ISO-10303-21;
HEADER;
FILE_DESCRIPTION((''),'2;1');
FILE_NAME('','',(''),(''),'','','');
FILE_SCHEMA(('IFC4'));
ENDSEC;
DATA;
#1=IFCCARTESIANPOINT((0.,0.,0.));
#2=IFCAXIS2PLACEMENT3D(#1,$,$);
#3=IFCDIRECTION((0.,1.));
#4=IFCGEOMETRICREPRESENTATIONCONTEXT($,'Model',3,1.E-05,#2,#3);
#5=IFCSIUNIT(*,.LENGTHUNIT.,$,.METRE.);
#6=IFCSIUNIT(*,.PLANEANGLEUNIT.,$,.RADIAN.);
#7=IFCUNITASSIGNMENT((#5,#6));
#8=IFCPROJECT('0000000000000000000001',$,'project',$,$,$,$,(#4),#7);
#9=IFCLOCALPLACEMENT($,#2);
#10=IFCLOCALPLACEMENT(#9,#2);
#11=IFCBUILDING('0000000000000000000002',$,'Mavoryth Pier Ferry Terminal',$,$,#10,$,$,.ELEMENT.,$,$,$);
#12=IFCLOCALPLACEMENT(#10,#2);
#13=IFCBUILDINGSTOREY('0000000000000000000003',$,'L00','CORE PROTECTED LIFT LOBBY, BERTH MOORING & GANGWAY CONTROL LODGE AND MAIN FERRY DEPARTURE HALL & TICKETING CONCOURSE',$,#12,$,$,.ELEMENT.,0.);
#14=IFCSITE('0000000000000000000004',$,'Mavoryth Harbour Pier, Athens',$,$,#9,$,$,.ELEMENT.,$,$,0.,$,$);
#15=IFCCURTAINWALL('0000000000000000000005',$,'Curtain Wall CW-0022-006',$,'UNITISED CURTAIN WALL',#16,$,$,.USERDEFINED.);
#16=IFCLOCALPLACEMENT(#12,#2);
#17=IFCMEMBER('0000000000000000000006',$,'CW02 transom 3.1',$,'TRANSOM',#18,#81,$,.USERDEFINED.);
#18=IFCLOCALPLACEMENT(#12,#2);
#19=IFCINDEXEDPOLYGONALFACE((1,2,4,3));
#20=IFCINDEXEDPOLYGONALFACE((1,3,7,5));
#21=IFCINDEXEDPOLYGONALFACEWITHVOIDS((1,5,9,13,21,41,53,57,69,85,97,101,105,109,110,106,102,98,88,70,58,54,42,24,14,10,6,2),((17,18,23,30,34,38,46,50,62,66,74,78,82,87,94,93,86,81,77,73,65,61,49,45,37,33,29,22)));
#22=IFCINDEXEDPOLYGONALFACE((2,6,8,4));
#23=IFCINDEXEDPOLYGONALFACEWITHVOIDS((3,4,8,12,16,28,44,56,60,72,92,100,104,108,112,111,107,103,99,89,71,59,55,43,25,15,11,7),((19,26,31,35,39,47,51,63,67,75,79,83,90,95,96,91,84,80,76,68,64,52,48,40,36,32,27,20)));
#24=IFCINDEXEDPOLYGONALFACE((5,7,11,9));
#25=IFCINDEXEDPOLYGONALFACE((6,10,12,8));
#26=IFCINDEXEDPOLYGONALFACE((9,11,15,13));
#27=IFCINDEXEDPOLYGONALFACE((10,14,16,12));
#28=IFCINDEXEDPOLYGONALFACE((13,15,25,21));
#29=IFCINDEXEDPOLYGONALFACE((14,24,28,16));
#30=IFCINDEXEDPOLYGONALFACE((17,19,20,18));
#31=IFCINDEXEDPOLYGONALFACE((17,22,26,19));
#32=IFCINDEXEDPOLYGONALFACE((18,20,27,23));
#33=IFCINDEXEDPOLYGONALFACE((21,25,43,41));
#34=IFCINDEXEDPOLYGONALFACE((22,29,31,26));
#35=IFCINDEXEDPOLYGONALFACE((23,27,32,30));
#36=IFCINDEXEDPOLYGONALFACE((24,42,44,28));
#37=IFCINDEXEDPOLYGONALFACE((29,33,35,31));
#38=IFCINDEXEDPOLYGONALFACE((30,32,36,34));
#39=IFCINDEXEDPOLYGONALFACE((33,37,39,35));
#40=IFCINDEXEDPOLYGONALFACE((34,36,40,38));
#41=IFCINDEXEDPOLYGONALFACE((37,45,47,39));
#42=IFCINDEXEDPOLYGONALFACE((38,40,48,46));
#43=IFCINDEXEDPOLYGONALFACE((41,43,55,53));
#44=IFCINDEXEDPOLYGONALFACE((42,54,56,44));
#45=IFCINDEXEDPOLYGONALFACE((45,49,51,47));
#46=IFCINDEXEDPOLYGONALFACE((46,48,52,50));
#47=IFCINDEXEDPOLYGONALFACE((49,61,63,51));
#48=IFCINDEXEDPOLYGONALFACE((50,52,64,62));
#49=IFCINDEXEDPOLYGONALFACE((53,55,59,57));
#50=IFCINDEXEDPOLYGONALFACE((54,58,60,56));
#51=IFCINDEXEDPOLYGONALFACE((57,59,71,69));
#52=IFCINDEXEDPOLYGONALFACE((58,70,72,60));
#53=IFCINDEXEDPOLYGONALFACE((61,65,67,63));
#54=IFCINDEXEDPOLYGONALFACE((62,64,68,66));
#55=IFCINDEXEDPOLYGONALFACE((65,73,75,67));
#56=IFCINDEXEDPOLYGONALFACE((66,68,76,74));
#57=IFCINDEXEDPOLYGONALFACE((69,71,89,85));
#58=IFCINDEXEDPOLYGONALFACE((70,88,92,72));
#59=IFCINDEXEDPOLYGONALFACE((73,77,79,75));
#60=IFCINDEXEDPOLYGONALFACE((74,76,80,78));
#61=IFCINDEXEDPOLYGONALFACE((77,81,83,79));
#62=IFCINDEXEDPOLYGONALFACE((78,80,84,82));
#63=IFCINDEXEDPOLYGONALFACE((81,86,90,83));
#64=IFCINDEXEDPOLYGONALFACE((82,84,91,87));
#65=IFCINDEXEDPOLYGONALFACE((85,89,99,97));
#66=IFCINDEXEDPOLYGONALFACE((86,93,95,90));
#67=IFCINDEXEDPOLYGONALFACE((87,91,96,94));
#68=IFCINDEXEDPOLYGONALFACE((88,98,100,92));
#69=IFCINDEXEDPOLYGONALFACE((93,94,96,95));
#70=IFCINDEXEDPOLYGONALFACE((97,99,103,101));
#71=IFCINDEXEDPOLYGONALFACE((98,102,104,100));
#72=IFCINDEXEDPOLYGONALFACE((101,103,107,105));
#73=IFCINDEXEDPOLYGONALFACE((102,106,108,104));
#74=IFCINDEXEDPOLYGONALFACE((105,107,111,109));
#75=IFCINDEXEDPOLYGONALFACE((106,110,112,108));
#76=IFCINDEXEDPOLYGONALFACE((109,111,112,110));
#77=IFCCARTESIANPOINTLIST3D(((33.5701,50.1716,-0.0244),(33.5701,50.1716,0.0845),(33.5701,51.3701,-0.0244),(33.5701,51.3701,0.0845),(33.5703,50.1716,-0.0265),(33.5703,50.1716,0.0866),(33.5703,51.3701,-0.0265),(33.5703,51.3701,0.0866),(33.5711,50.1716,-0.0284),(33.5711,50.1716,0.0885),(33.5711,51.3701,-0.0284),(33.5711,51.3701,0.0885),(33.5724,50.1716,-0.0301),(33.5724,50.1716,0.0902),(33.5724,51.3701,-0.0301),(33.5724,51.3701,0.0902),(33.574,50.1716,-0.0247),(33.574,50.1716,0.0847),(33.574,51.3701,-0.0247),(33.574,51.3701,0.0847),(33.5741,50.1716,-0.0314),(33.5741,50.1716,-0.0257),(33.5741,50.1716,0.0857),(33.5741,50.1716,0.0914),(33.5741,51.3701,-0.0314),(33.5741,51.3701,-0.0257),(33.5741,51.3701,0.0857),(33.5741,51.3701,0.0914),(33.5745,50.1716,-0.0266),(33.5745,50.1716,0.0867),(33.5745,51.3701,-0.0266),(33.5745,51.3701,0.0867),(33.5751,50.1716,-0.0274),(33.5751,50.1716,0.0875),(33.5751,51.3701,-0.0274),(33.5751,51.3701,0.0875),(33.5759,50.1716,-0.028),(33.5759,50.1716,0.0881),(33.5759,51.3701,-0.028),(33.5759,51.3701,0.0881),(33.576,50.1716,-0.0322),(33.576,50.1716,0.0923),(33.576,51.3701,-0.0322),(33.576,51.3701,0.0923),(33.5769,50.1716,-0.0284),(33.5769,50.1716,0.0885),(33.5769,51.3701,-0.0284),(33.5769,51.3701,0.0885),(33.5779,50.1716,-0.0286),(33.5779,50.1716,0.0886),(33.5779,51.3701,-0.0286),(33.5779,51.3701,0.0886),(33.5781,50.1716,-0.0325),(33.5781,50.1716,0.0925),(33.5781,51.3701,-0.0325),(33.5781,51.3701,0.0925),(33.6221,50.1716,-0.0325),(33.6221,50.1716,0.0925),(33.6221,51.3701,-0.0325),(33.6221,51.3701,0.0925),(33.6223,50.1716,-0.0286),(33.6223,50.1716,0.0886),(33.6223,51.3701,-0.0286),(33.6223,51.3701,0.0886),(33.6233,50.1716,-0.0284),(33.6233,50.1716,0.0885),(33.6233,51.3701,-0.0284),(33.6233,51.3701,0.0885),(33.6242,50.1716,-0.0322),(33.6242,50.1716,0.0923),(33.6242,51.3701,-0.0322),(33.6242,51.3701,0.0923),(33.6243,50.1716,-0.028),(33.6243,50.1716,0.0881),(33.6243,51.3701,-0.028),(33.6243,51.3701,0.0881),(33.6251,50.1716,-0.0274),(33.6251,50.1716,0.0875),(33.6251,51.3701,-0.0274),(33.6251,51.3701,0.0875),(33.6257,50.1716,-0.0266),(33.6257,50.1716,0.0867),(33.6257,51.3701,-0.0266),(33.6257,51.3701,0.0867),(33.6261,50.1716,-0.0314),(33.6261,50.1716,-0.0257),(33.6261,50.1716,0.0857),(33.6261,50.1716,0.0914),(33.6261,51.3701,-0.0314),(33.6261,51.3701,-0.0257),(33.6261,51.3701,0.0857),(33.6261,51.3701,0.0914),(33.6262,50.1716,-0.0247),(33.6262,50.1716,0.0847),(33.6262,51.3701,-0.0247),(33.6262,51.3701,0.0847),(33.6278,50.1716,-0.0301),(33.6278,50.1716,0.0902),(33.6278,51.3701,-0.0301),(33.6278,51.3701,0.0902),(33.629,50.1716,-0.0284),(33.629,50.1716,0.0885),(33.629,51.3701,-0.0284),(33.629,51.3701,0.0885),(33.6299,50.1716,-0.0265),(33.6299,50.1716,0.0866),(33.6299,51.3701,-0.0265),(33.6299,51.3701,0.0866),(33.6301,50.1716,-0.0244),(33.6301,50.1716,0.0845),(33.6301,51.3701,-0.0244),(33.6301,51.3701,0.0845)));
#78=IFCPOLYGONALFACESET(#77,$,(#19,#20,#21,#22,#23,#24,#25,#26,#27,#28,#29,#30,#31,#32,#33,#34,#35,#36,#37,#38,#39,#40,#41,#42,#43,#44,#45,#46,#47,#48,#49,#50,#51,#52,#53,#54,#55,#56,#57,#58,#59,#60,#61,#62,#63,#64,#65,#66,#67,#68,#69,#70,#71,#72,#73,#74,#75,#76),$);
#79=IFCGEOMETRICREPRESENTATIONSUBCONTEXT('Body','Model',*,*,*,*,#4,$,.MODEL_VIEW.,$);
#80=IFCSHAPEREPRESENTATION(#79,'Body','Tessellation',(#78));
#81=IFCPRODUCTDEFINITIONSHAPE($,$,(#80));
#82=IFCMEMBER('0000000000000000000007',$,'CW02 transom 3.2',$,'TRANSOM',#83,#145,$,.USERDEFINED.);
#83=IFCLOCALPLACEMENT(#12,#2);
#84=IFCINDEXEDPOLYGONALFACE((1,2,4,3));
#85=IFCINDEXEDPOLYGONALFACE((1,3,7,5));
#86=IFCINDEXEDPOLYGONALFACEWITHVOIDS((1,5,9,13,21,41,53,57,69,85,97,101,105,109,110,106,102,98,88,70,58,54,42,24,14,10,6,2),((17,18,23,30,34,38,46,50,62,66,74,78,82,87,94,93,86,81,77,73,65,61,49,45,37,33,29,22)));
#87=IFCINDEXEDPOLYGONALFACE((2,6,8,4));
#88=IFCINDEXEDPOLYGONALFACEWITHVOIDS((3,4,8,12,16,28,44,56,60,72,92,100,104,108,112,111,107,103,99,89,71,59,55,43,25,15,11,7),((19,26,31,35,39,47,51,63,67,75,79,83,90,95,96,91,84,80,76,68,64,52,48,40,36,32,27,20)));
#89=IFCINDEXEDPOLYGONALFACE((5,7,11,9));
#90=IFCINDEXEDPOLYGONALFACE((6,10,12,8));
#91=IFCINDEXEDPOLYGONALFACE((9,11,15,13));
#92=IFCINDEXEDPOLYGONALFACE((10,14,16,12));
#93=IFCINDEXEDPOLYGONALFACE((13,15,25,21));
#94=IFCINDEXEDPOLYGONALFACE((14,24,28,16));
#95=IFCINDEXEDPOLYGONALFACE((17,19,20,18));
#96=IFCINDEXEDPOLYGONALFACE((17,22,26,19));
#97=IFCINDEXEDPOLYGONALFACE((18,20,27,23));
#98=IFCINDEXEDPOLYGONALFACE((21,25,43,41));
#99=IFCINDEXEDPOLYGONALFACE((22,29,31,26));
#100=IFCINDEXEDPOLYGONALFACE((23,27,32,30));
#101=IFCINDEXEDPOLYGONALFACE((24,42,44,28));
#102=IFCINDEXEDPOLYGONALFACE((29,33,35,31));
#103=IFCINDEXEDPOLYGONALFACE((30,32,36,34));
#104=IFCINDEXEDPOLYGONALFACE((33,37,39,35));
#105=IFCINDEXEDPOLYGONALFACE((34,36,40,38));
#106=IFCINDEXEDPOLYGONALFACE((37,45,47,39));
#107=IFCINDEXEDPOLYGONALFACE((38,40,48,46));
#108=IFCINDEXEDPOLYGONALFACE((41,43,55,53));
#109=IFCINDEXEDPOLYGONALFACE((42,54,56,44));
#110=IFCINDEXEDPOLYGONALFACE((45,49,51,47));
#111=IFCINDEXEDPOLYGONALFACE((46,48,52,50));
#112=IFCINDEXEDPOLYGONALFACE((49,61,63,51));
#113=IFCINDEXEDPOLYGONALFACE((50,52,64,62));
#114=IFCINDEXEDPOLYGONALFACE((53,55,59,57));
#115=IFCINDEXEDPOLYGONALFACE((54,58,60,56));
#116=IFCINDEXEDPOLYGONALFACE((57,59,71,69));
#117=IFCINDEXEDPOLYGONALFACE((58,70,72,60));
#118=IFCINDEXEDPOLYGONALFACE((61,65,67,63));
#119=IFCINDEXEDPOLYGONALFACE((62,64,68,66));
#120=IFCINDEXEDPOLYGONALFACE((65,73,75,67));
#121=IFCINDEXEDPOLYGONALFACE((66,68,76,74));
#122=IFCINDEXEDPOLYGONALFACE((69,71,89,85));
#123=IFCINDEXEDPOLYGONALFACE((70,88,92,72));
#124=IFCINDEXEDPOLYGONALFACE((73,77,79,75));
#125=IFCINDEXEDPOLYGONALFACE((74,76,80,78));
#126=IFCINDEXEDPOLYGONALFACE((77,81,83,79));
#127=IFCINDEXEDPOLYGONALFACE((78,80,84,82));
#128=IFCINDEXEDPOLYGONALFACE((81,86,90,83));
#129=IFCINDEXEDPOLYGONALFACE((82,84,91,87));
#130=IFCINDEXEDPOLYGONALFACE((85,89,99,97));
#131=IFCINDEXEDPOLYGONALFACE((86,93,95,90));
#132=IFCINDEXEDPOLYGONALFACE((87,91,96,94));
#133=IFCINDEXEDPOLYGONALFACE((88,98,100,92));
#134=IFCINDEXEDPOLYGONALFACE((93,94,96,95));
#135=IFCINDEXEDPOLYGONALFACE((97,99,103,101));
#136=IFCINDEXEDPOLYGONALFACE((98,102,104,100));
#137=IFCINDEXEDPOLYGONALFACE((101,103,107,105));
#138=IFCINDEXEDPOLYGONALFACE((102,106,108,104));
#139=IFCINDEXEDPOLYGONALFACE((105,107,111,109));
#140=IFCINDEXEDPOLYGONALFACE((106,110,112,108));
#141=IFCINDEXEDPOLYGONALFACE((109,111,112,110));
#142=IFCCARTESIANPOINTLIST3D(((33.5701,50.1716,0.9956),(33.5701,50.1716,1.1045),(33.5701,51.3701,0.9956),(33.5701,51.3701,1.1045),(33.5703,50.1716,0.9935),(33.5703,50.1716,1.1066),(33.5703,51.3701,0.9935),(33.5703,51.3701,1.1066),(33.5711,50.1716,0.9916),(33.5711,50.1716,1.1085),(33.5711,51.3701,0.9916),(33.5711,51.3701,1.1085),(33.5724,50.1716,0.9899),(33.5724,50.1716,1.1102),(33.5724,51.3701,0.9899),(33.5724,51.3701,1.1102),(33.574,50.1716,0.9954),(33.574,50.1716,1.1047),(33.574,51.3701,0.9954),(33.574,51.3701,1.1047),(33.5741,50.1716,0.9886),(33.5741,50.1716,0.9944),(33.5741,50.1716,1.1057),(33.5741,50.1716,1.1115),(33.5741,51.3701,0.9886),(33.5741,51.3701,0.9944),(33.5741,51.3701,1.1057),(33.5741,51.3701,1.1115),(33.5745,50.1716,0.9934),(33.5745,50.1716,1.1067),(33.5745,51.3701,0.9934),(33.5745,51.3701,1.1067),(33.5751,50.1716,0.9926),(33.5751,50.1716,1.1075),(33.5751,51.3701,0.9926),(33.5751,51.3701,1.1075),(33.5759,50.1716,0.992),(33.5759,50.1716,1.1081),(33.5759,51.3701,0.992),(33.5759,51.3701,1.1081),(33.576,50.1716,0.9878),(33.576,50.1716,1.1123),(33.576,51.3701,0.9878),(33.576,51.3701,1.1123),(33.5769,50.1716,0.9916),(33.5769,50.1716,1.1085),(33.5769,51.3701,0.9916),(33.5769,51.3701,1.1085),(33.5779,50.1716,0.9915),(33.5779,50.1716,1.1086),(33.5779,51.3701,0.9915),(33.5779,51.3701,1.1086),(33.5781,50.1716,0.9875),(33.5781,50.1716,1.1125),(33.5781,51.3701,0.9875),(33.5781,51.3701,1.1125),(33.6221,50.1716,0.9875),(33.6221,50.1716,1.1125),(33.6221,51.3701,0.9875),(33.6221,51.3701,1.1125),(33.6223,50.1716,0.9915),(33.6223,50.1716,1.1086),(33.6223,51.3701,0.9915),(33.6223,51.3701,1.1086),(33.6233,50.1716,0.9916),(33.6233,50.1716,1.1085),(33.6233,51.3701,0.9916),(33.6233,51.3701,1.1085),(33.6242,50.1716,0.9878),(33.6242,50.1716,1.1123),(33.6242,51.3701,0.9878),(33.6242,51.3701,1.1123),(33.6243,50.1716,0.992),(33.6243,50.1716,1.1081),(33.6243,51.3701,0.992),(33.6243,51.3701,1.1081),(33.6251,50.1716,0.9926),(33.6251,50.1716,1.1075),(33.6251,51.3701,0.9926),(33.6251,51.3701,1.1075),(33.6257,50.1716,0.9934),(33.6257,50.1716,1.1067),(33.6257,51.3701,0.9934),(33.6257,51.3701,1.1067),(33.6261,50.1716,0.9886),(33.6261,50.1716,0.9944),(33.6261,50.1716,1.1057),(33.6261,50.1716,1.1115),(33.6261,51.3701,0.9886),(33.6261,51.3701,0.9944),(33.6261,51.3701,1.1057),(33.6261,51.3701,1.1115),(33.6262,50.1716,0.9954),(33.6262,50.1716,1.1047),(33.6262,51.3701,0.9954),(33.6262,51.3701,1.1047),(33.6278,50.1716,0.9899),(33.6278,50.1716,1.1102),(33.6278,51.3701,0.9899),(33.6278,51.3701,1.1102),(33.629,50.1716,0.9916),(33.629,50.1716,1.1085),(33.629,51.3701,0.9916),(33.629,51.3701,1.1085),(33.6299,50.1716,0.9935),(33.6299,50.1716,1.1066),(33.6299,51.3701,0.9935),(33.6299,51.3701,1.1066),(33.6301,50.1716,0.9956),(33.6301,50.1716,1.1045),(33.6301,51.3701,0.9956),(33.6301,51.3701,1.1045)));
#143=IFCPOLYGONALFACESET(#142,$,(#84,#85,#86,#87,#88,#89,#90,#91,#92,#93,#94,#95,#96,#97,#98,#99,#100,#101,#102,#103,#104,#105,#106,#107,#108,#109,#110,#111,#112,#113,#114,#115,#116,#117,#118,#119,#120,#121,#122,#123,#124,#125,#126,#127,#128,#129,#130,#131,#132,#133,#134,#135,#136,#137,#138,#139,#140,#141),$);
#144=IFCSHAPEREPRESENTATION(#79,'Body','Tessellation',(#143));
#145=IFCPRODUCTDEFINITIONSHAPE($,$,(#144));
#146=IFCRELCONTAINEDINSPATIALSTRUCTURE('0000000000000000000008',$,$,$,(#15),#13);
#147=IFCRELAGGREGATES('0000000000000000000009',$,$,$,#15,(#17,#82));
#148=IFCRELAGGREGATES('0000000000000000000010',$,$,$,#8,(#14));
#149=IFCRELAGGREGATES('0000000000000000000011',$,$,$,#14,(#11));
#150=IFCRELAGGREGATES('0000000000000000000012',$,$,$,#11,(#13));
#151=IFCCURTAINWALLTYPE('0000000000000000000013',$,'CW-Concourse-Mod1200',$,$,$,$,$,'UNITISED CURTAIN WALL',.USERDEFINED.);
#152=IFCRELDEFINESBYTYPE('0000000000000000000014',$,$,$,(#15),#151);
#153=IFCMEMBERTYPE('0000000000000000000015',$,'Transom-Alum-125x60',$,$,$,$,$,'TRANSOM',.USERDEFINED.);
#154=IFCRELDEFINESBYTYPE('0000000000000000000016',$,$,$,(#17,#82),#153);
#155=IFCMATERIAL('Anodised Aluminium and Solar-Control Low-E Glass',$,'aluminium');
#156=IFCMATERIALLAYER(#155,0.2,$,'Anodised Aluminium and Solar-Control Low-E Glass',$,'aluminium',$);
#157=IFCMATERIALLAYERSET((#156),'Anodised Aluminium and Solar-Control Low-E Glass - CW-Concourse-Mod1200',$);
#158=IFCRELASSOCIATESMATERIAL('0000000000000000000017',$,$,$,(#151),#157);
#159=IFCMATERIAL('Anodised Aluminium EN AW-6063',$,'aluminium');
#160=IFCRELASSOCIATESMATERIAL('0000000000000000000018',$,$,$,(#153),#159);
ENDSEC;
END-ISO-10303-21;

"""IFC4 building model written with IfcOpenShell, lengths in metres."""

from ifc_helpers import new_model, si_unit, direction, frame, origin, origin_2d, place, context, subcontext, project, spatial, hollow_rectangle, extrude, material, layer, layer_set, material_profile, profile_set, type_object, element, aggregate, save


model = new_model("IFC4")

# Units and contexts
model_context = context("Model", 3, precision=1e-05, world=origin(), true_north=direction((0.0, 1.0)))
body_context = subcontext(model_context, "Body", "Model", "MODEL_VIEW")
ifc_project = project(units=[si_unit("LENGTHUNIT", "METRE"), si_unit("PLANEANGLEUNIT", "RADIAN")], contexts=[model_context])

# Site, building, storey
site_placement = place(None, origin())
site = spatial("IfcSite", under=ifc_project, at=site_placement, Name="Mavoryth Harbour Pier, Athens", CompositionType="ELEMENT", RefElevation=0.0)
building_placement = place(site_placement, origin())
building = spatial("IfcBuilding", under=site, at=building_placement, Name="Mavoryth Pier Ferry Terminal", CompositionType="ELEMENT")
storey_placement = place(building_placement, origin())
storey = spatial("IfcBuildingStorey", under=building, at=storey_placement, Name="L00", Description="CORE PROTECTED LIFT LOBBY, BERTH MOORING & GANGWAY CONTROL LODGE AND MAIN FERRY DEPARTURE HALL & TICKETING CONCOURSE", CompositionType="ELEMENT", Elevation=0.0)

# Curtain wall, members
ifc_material_1 = material(Name="Anodised Aluminium and Solar-Control Low-E Glass", Category="aluminium")
ifc_layer_1 = layer(ifc_material_1, 0.2, Name="Anodised Aluminium and Solar-Control Low-E Glass", Category="aluminium")
ifc_layer_set_1 = layer_set([ifc_layer_1], Name="Anodised Aluminium and Solar-Control Low-E Glass - CW-Concourse-Mod1200")
curtain_wall_type = type_object("IfcCurtainWallType", Name="CW-Concourse-Mod1200", ElementType="UNITISED CURTAIN WALL", PredefinedType="USERDEFINED", material=ifc_layer_set_1)
curtain_wall_placement = place(storey_placement, origin())
curtain_wall = element("IfcCurtainWall", 1, at=curtain_wall_placement, inside=storey, type_object=curtain_wall_type, Name="Curtain Wall CW-0022-006", ObjectType="UNITISED CURTAIN WALL", PredefinedType="USERDEFINED")
ifc_material_2 = material(Name="Anodised Aluminium EN AW-6063", Category="aluminium")
ifc_material_profile_1 = material_profile(ifc_material_2, hollow_rectangle(XDim=0.0601, YDim=0.125, WallThickness=0.0039, InnerFilletRadius=0.0039, OuterFilletRadius=0.0081, at=origin_2d()), Name="AL-TRAN 125x60x4", Category="aluminium")
ifc_profile_set_1 = profile_set([ifc_material_profile_1], Name="Anodised Aluminium EN AW-6063 - AL-TRAN 125x60x4")
member_type_1 = type_object("IfcMemberType", Name="Transom-Alum-125x60", ElementType="TRANSOM", PredefinedType="USERDEFINED", material=ifc_profile_set_1)
member_1_placement = place(storey_placement, frame((33.6001, 50.1716, 0.03), z_axis=(0.0, 1.0, 0.0), x_axis=(-1.0, 0.0, 0.0)))
member_1 = element("IfcMember", 2, at=member_1_placement, type_object=member_type_1, Name="CW02 transom 3.1", ObjectType="TRANSOM", PredefinedType="USERDEFINED", context=body_context, shape_type="SweptSolid", body=[
    extrude(hollow_rectangle(XDim=0.0601, YDim=0.125, WallThickness=0.0039, InnerFilletRadius=0.0039, OuterFilletRadius=0.0081, at=origin_2d()), origin(), (0.0, 0.0, 1.0), 1.1985),
])
member_2_placement = place(storey_placement, frame((33.6001, 50.1716, 1.05), z_axis=(0.0, 1.0, 0.0), x_axis=(-1.0, 0.0, 0.0)))
member_2 = element("IfcMember", 3, at=member_2_placement, type_object=member_type_1, Name="CW02 transom 3.2", ObjectType="TRANSOM", PredefinedType="USERDEFINED", context=body_context, shape_type="SweptSolid", body=[
    extrude(hollow_rectangle(XDim=0.0601, YDim=0.125, WallThickness=0.0039, InnerFilletRadius=0.0039, OuterFilletRadius=0.0081, at=origin_2d()), origin(), (0.0, 0.0, 1.0), 1.1985),
])
aggregate(curtain_wall, [member_1, member_2])

save(model, "model.ifc")
